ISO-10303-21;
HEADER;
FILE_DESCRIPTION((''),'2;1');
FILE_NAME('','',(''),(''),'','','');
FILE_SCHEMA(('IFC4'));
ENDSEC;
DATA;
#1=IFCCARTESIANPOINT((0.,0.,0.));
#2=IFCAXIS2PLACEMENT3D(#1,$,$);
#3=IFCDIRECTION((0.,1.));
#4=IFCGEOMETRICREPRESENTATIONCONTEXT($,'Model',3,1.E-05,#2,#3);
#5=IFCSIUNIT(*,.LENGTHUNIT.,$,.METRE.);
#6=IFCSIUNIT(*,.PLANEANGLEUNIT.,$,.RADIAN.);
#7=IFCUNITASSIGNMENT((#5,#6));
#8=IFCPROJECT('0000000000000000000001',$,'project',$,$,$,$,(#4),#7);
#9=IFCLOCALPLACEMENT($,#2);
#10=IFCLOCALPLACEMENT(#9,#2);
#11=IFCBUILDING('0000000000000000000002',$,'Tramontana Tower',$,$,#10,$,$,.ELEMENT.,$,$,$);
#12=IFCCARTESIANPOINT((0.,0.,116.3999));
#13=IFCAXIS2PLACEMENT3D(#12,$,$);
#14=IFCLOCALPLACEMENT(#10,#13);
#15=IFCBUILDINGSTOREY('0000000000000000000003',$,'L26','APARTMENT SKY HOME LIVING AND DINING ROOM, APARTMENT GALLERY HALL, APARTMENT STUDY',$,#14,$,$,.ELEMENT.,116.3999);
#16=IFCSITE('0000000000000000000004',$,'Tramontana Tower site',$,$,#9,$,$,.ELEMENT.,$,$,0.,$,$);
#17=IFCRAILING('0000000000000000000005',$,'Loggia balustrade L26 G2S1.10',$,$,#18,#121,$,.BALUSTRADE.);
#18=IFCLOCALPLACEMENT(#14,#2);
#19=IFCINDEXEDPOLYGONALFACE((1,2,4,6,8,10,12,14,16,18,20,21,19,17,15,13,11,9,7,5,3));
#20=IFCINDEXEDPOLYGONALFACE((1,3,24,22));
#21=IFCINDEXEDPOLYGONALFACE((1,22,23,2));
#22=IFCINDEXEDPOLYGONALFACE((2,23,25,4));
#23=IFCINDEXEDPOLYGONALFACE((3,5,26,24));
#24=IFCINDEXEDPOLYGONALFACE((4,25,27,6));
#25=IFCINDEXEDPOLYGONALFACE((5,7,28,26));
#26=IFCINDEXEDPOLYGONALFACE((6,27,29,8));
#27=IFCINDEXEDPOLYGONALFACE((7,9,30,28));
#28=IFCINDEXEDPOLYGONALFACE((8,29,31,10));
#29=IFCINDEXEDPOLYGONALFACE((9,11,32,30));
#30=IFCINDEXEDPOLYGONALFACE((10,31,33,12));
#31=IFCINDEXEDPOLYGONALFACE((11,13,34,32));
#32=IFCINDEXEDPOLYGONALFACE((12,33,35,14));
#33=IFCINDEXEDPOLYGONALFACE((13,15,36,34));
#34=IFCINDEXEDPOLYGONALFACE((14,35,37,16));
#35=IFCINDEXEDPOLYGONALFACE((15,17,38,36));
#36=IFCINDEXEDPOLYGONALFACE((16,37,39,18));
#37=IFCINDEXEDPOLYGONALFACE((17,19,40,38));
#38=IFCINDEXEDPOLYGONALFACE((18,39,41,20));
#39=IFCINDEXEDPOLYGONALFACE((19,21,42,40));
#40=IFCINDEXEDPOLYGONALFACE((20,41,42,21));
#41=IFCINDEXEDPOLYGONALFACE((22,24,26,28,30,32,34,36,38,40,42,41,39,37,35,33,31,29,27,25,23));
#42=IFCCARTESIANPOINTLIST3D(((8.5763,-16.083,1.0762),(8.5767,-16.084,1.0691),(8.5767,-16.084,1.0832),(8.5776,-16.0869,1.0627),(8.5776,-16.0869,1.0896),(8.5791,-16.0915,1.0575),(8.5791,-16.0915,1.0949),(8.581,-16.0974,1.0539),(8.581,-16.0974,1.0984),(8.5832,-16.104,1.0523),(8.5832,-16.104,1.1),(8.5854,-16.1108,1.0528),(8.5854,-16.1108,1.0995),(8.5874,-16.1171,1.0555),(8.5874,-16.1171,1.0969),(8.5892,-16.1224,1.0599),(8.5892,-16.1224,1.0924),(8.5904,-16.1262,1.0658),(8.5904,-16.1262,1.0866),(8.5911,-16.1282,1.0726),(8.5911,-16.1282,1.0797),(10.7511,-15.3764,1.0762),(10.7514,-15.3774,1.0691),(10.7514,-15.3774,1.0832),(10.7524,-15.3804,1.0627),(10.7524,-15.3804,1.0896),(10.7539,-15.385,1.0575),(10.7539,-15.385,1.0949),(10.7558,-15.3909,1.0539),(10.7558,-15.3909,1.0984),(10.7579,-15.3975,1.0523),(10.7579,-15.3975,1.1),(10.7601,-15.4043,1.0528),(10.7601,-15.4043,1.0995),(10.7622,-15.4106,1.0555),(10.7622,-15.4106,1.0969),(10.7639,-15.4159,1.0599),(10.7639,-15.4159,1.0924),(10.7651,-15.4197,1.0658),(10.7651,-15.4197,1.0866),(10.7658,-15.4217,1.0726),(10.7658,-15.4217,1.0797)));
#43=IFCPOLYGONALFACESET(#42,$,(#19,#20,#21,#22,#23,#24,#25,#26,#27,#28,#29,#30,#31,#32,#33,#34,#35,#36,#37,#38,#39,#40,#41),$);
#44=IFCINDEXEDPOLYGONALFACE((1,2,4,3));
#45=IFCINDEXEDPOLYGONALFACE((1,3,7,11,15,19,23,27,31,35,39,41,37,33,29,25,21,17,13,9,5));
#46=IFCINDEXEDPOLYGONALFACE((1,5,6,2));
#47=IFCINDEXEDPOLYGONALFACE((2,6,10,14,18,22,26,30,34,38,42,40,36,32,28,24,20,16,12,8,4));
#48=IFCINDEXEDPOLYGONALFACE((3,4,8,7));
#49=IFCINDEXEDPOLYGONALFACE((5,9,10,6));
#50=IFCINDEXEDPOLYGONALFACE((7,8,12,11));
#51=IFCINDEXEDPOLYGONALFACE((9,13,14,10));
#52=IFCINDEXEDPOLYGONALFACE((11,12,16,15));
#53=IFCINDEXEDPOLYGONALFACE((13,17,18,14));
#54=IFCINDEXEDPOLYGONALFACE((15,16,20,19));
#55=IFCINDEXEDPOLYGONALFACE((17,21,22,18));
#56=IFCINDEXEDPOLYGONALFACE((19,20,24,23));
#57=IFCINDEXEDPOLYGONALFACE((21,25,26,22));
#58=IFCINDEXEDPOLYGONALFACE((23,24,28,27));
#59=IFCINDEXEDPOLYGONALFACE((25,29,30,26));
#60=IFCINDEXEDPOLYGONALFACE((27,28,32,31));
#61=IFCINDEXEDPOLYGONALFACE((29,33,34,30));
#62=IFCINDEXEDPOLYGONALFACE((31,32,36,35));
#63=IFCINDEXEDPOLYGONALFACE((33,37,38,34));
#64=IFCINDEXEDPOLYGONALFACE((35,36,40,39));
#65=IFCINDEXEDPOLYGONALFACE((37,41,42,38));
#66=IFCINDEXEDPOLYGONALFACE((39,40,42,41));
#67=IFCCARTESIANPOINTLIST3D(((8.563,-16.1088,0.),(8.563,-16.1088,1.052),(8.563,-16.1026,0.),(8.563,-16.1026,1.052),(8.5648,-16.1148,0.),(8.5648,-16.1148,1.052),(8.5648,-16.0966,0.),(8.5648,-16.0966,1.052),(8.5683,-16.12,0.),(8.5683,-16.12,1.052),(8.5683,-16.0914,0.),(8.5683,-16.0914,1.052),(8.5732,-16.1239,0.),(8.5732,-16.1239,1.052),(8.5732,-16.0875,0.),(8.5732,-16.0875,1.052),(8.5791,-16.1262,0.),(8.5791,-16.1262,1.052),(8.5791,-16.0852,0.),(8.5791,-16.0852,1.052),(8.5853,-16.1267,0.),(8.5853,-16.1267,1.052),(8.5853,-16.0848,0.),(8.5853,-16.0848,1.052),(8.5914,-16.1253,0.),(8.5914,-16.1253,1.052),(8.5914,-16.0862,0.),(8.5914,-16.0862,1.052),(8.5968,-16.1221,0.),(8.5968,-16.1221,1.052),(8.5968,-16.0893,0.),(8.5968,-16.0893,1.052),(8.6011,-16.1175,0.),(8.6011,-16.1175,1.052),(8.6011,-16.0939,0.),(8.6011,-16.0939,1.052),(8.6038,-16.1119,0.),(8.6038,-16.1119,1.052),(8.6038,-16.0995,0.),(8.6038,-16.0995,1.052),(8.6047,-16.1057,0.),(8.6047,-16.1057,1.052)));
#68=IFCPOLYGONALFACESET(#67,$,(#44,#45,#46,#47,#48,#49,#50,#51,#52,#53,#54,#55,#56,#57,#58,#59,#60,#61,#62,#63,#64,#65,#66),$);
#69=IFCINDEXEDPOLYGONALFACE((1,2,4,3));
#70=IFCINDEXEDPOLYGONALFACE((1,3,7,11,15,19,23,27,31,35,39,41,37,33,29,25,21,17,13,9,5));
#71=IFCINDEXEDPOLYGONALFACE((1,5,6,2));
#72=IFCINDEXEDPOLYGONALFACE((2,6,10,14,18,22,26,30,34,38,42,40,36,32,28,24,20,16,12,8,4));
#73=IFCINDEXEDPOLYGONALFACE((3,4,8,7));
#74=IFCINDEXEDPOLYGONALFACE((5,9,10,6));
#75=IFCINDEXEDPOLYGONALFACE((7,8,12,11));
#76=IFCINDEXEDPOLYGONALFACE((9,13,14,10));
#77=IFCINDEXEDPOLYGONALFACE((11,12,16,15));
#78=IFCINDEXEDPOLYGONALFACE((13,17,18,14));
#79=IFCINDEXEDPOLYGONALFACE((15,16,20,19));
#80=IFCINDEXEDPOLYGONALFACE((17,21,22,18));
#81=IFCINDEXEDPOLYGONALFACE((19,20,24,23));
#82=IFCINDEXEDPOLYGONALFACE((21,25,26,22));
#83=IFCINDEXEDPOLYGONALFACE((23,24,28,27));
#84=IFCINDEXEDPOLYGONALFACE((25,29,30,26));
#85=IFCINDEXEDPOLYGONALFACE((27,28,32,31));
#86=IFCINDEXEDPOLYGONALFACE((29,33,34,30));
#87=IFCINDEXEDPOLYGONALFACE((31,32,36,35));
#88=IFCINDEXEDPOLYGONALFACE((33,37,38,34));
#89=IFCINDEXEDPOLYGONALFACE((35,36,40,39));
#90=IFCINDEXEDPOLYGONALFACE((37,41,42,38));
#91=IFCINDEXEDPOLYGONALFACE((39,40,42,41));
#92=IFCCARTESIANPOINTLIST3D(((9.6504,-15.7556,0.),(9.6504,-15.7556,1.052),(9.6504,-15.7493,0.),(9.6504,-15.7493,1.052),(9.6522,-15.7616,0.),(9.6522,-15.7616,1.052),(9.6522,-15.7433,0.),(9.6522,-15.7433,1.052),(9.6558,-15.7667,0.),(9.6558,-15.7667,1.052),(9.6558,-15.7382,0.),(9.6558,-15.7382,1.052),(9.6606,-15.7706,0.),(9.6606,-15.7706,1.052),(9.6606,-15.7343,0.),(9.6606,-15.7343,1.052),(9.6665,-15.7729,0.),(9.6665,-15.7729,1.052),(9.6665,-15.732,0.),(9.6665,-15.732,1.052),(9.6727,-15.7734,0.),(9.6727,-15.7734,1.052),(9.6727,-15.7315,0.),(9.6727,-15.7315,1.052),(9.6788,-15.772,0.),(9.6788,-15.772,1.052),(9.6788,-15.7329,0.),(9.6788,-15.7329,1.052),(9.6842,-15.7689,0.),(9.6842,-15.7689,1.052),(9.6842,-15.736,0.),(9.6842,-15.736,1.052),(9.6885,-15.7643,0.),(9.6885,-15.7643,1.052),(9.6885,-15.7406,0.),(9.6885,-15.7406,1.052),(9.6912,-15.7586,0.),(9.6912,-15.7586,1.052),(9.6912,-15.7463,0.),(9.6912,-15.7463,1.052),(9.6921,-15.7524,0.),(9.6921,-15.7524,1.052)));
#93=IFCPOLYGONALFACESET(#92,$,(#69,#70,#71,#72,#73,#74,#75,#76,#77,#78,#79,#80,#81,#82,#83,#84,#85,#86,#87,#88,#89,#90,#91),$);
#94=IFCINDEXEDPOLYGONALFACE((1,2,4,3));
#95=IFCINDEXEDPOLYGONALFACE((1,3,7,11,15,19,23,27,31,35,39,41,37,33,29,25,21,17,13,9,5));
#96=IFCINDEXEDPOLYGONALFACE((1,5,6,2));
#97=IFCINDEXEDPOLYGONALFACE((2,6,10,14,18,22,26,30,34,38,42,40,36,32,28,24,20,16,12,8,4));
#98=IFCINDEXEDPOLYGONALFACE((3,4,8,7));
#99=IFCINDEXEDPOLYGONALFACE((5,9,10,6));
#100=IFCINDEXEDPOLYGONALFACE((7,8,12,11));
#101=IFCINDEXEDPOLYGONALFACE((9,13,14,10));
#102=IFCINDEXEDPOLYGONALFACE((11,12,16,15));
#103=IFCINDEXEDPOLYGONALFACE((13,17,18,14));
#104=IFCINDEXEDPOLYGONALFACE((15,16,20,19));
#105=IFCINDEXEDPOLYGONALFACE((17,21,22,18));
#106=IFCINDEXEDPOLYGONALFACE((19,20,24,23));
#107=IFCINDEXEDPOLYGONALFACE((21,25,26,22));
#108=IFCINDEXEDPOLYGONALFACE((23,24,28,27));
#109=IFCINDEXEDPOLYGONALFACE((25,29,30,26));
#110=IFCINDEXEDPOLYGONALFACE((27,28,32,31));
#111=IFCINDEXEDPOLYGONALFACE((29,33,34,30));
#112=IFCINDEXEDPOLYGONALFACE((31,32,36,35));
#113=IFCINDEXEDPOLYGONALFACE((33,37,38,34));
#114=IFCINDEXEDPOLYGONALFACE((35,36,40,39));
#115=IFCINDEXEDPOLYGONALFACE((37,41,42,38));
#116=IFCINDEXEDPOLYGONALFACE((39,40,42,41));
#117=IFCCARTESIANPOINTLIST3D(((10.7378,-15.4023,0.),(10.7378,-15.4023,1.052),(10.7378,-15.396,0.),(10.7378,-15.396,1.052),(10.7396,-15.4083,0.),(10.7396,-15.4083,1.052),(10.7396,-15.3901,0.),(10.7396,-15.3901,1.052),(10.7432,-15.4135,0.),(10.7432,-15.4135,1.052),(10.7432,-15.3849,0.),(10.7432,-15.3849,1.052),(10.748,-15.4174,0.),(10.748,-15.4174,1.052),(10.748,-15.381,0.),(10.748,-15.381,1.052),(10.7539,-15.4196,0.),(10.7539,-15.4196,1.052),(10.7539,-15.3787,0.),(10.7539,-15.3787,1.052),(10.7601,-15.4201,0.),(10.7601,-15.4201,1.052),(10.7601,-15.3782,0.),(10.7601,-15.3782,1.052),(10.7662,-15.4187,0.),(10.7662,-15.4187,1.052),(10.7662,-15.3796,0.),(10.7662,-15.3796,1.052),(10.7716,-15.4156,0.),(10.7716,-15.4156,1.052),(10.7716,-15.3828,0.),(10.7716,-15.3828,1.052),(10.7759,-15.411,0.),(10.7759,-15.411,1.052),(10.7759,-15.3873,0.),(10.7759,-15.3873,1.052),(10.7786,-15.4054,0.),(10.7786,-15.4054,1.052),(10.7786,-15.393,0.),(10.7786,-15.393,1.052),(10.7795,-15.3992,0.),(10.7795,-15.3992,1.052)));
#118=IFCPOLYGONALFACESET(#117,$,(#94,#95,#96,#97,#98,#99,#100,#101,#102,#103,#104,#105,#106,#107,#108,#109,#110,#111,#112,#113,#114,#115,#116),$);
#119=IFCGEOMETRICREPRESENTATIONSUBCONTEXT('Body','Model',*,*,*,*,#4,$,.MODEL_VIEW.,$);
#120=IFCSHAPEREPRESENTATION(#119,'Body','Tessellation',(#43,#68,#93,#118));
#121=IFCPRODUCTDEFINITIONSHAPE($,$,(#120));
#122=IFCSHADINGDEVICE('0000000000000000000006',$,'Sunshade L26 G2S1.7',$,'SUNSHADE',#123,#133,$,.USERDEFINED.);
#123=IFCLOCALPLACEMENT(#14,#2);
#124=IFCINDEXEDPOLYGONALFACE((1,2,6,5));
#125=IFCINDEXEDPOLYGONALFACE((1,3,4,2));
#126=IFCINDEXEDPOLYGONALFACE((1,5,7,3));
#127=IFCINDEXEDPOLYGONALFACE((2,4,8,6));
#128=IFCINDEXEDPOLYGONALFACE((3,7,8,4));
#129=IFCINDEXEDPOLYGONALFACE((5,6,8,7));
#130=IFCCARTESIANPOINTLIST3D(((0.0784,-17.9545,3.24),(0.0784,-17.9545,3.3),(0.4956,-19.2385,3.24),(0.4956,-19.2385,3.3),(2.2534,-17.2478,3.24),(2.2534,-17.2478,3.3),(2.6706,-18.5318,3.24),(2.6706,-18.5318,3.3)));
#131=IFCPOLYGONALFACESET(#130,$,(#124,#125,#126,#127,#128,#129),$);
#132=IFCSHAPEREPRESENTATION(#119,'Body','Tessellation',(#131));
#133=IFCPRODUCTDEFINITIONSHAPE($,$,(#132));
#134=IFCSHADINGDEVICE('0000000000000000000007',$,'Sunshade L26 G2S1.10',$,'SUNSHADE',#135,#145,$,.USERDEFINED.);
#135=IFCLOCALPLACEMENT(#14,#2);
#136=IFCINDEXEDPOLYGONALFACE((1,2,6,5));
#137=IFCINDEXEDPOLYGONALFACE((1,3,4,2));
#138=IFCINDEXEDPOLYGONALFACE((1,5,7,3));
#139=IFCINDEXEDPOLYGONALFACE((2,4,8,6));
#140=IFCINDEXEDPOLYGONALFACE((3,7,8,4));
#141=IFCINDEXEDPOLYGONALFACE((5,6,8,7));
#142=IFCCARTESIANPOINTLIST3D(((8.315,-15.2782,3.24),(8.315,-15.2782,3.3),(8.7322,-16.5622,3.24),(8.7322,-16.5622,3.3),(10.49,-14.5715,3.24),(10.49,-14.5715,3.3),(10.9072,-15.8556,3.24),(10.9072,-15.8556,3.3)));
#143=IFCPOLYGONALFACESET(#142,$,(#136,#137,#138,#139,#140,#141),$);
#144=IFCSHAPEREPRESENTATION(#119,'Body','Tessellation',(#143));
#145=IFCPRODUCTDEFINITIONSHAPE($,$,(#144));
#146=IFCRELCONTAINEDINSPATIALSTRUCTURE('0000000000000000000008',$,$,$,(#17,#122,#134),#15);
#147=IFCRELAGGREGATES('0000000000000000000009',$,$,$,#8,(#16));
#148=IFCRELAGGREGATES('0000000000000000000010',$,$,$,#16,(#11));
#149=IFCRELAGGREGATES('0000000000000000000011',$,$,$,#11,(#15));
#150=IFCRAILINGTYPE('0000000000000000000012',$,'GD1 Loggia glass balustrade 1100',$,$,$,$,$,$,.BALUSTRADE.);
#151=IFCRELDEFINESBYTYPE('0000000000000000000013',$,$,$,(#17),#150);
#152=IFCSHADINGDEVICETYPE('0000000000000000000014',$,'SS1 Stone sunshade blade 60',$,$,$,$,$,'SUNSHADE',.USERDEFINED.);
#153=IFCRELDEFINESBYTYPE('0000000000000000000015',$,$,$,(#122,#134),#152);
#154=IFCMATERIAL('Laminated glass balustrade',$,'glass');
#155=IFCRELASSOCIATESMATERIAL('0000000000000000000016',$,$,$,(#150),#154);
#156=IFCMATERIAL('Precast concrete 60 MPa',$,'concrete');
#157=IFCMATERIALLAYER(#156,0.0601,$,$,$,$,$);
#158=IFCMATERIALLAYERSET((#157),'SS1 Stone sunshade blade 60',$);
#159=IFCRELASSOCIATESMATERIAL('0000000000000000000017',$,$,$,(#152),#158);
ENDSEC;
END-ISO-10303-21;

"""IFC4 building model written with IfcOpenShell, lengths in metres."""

from ifc_helpers import new_model, si_unit, direction, frame, origin, origin_2d, place, context, subcontext, project, spatial, rectangle, circle, extrude, material, layer, layer_set, type_object, element, save


model = new_model("IFC4")

# Units and contexts
model_context = context("Model", 3, precision=1e-05, world=origin(), true_north=direction((0.0, 1.0)))
body_context = subcontext(model_context, "Body", "Model", "MODEL_VIEW")
ifc_project = project(units=[si_unit("LENGTHUNIT", "METRE"), si_unit("PLANEANGLEUNIT", "RADIAN")], contexts=[model_context])

# Site, building, storey
site_placement = place(None, origin())
site = spatial("IfcSite", under=ifc_project, at=site_placement, Name="Tramontana Tower site", CompositionType="ELEMENT", RefElevation=0.0)
building_placement = place(site_placement, origin())
building = spatial("IfcBuilding", under=site, at=building_placement, Name="Tramontana Tower", CompositionType="ELEMENT")
storey_placement = place(building_placement, frame((0.0, 0.0, 116.3999)))
storey = spatial("IfcBuildingStorey", under=building, at=storey_placement, Name="L26", Description="APARTMENT SKY HOME LIVING AND DINING ROOM, APARTMENT GALLERY HALL, APARTMENT STUDY", CompositionType="ELEMENT", Elevation=116.3999)

# Railing
ifc_material_1 = material(Name="Laminated glass balustrade", Category="glass")
railing_type = type_object("IfcRailingType", Name="GD1 Loggia glass balustrade 1100", PredefinedType="BALUSTRADE", material=ifc_material_1)
railing_1_placement = place(storey_placement, frame((8.5837, -16.1057, 0.0)))
element("IfcRailing", 1, at=railing_1_placement, inside=storey, type_object=railing_type, Name="Loggia balustrade L26 G2S1.10", PredefinedType="BALUSTRADE", context=body_context, shape_type="SweptSolid", body=[
    extrude(circle(Radius=0.0239, at=origin_2d()), frame((0.0, 0.0, 1.0762), z_axis=(0.951069, 0.30898, 0.0), x_axis=(-0.30898, 0.951069, 0.0)), (0.0, 0.0, 1.0), 2.2866),
    extrude(circle(Radius=0.021, at=origin_2d()), origin(), (0.0, 0.0, 1.0), 1.052),
    extrude(circle(Radius=0.021, at=origin_2d()), frame((1.0874, 0.3533, 0.0)), (0.0, 0.0, 1.0), 1.052),
    extrude(circle(Radius=0.021, at=origin_2d()), frame((2.1748, 0.7065, 0.0)), (0.0, 0.0, 1.0), 1.052),
])

# Shading devices
ifc_material_2 = material(Name="Precast concrete 60 MPa", Category="concrete")
ifc_layer_1 = layer(ifc_material_2, 0.0601)
ifc_layer_set_1 = layer_set([ifc_layer_1], Name="SS1 Stone sunshade blade 60")
shading_device_type = type_object("IfcShadingDeviceType", Name="SS1 Stone sunshade blade 60", ElementType="SUNSHADE", PredefinedType="USERDEFINED", material=ifc_layer_set_1)
for number, where, z_axis, x_axis, name in (
    (2, (1.3745, -18.2432, 3.24), (0.0, 0.0, 1.0), (0.951057, 0.309017, 0.0), "Sunshade L26 G2S1.7"),
    (3, (9.6111, -15.5669, 3.24), (0.0, 0.0, 1.0), (0.951057, 0.309017, 0.0), "Sunshade L26 G2S1.10"),
):
    element("IfcShadingDevice", number, at=place(storey_placement, frame(where, z_axis=z_axis, x_axis=x_axis)), inside=storey, type_object=shading_device_type, Name=name, ObjectType="SUNSHADE", PredefinedType="USERDEFINED", context=body_context, shape_type="SweptSolid", body=[
        extrude(rectangle(XDim=2.2869, YDim=1.3501, at=origin_2d()), origin(), (0.0, 0.0, 1.0), 0.0601),
    ])

save(model, "model.ifc")
